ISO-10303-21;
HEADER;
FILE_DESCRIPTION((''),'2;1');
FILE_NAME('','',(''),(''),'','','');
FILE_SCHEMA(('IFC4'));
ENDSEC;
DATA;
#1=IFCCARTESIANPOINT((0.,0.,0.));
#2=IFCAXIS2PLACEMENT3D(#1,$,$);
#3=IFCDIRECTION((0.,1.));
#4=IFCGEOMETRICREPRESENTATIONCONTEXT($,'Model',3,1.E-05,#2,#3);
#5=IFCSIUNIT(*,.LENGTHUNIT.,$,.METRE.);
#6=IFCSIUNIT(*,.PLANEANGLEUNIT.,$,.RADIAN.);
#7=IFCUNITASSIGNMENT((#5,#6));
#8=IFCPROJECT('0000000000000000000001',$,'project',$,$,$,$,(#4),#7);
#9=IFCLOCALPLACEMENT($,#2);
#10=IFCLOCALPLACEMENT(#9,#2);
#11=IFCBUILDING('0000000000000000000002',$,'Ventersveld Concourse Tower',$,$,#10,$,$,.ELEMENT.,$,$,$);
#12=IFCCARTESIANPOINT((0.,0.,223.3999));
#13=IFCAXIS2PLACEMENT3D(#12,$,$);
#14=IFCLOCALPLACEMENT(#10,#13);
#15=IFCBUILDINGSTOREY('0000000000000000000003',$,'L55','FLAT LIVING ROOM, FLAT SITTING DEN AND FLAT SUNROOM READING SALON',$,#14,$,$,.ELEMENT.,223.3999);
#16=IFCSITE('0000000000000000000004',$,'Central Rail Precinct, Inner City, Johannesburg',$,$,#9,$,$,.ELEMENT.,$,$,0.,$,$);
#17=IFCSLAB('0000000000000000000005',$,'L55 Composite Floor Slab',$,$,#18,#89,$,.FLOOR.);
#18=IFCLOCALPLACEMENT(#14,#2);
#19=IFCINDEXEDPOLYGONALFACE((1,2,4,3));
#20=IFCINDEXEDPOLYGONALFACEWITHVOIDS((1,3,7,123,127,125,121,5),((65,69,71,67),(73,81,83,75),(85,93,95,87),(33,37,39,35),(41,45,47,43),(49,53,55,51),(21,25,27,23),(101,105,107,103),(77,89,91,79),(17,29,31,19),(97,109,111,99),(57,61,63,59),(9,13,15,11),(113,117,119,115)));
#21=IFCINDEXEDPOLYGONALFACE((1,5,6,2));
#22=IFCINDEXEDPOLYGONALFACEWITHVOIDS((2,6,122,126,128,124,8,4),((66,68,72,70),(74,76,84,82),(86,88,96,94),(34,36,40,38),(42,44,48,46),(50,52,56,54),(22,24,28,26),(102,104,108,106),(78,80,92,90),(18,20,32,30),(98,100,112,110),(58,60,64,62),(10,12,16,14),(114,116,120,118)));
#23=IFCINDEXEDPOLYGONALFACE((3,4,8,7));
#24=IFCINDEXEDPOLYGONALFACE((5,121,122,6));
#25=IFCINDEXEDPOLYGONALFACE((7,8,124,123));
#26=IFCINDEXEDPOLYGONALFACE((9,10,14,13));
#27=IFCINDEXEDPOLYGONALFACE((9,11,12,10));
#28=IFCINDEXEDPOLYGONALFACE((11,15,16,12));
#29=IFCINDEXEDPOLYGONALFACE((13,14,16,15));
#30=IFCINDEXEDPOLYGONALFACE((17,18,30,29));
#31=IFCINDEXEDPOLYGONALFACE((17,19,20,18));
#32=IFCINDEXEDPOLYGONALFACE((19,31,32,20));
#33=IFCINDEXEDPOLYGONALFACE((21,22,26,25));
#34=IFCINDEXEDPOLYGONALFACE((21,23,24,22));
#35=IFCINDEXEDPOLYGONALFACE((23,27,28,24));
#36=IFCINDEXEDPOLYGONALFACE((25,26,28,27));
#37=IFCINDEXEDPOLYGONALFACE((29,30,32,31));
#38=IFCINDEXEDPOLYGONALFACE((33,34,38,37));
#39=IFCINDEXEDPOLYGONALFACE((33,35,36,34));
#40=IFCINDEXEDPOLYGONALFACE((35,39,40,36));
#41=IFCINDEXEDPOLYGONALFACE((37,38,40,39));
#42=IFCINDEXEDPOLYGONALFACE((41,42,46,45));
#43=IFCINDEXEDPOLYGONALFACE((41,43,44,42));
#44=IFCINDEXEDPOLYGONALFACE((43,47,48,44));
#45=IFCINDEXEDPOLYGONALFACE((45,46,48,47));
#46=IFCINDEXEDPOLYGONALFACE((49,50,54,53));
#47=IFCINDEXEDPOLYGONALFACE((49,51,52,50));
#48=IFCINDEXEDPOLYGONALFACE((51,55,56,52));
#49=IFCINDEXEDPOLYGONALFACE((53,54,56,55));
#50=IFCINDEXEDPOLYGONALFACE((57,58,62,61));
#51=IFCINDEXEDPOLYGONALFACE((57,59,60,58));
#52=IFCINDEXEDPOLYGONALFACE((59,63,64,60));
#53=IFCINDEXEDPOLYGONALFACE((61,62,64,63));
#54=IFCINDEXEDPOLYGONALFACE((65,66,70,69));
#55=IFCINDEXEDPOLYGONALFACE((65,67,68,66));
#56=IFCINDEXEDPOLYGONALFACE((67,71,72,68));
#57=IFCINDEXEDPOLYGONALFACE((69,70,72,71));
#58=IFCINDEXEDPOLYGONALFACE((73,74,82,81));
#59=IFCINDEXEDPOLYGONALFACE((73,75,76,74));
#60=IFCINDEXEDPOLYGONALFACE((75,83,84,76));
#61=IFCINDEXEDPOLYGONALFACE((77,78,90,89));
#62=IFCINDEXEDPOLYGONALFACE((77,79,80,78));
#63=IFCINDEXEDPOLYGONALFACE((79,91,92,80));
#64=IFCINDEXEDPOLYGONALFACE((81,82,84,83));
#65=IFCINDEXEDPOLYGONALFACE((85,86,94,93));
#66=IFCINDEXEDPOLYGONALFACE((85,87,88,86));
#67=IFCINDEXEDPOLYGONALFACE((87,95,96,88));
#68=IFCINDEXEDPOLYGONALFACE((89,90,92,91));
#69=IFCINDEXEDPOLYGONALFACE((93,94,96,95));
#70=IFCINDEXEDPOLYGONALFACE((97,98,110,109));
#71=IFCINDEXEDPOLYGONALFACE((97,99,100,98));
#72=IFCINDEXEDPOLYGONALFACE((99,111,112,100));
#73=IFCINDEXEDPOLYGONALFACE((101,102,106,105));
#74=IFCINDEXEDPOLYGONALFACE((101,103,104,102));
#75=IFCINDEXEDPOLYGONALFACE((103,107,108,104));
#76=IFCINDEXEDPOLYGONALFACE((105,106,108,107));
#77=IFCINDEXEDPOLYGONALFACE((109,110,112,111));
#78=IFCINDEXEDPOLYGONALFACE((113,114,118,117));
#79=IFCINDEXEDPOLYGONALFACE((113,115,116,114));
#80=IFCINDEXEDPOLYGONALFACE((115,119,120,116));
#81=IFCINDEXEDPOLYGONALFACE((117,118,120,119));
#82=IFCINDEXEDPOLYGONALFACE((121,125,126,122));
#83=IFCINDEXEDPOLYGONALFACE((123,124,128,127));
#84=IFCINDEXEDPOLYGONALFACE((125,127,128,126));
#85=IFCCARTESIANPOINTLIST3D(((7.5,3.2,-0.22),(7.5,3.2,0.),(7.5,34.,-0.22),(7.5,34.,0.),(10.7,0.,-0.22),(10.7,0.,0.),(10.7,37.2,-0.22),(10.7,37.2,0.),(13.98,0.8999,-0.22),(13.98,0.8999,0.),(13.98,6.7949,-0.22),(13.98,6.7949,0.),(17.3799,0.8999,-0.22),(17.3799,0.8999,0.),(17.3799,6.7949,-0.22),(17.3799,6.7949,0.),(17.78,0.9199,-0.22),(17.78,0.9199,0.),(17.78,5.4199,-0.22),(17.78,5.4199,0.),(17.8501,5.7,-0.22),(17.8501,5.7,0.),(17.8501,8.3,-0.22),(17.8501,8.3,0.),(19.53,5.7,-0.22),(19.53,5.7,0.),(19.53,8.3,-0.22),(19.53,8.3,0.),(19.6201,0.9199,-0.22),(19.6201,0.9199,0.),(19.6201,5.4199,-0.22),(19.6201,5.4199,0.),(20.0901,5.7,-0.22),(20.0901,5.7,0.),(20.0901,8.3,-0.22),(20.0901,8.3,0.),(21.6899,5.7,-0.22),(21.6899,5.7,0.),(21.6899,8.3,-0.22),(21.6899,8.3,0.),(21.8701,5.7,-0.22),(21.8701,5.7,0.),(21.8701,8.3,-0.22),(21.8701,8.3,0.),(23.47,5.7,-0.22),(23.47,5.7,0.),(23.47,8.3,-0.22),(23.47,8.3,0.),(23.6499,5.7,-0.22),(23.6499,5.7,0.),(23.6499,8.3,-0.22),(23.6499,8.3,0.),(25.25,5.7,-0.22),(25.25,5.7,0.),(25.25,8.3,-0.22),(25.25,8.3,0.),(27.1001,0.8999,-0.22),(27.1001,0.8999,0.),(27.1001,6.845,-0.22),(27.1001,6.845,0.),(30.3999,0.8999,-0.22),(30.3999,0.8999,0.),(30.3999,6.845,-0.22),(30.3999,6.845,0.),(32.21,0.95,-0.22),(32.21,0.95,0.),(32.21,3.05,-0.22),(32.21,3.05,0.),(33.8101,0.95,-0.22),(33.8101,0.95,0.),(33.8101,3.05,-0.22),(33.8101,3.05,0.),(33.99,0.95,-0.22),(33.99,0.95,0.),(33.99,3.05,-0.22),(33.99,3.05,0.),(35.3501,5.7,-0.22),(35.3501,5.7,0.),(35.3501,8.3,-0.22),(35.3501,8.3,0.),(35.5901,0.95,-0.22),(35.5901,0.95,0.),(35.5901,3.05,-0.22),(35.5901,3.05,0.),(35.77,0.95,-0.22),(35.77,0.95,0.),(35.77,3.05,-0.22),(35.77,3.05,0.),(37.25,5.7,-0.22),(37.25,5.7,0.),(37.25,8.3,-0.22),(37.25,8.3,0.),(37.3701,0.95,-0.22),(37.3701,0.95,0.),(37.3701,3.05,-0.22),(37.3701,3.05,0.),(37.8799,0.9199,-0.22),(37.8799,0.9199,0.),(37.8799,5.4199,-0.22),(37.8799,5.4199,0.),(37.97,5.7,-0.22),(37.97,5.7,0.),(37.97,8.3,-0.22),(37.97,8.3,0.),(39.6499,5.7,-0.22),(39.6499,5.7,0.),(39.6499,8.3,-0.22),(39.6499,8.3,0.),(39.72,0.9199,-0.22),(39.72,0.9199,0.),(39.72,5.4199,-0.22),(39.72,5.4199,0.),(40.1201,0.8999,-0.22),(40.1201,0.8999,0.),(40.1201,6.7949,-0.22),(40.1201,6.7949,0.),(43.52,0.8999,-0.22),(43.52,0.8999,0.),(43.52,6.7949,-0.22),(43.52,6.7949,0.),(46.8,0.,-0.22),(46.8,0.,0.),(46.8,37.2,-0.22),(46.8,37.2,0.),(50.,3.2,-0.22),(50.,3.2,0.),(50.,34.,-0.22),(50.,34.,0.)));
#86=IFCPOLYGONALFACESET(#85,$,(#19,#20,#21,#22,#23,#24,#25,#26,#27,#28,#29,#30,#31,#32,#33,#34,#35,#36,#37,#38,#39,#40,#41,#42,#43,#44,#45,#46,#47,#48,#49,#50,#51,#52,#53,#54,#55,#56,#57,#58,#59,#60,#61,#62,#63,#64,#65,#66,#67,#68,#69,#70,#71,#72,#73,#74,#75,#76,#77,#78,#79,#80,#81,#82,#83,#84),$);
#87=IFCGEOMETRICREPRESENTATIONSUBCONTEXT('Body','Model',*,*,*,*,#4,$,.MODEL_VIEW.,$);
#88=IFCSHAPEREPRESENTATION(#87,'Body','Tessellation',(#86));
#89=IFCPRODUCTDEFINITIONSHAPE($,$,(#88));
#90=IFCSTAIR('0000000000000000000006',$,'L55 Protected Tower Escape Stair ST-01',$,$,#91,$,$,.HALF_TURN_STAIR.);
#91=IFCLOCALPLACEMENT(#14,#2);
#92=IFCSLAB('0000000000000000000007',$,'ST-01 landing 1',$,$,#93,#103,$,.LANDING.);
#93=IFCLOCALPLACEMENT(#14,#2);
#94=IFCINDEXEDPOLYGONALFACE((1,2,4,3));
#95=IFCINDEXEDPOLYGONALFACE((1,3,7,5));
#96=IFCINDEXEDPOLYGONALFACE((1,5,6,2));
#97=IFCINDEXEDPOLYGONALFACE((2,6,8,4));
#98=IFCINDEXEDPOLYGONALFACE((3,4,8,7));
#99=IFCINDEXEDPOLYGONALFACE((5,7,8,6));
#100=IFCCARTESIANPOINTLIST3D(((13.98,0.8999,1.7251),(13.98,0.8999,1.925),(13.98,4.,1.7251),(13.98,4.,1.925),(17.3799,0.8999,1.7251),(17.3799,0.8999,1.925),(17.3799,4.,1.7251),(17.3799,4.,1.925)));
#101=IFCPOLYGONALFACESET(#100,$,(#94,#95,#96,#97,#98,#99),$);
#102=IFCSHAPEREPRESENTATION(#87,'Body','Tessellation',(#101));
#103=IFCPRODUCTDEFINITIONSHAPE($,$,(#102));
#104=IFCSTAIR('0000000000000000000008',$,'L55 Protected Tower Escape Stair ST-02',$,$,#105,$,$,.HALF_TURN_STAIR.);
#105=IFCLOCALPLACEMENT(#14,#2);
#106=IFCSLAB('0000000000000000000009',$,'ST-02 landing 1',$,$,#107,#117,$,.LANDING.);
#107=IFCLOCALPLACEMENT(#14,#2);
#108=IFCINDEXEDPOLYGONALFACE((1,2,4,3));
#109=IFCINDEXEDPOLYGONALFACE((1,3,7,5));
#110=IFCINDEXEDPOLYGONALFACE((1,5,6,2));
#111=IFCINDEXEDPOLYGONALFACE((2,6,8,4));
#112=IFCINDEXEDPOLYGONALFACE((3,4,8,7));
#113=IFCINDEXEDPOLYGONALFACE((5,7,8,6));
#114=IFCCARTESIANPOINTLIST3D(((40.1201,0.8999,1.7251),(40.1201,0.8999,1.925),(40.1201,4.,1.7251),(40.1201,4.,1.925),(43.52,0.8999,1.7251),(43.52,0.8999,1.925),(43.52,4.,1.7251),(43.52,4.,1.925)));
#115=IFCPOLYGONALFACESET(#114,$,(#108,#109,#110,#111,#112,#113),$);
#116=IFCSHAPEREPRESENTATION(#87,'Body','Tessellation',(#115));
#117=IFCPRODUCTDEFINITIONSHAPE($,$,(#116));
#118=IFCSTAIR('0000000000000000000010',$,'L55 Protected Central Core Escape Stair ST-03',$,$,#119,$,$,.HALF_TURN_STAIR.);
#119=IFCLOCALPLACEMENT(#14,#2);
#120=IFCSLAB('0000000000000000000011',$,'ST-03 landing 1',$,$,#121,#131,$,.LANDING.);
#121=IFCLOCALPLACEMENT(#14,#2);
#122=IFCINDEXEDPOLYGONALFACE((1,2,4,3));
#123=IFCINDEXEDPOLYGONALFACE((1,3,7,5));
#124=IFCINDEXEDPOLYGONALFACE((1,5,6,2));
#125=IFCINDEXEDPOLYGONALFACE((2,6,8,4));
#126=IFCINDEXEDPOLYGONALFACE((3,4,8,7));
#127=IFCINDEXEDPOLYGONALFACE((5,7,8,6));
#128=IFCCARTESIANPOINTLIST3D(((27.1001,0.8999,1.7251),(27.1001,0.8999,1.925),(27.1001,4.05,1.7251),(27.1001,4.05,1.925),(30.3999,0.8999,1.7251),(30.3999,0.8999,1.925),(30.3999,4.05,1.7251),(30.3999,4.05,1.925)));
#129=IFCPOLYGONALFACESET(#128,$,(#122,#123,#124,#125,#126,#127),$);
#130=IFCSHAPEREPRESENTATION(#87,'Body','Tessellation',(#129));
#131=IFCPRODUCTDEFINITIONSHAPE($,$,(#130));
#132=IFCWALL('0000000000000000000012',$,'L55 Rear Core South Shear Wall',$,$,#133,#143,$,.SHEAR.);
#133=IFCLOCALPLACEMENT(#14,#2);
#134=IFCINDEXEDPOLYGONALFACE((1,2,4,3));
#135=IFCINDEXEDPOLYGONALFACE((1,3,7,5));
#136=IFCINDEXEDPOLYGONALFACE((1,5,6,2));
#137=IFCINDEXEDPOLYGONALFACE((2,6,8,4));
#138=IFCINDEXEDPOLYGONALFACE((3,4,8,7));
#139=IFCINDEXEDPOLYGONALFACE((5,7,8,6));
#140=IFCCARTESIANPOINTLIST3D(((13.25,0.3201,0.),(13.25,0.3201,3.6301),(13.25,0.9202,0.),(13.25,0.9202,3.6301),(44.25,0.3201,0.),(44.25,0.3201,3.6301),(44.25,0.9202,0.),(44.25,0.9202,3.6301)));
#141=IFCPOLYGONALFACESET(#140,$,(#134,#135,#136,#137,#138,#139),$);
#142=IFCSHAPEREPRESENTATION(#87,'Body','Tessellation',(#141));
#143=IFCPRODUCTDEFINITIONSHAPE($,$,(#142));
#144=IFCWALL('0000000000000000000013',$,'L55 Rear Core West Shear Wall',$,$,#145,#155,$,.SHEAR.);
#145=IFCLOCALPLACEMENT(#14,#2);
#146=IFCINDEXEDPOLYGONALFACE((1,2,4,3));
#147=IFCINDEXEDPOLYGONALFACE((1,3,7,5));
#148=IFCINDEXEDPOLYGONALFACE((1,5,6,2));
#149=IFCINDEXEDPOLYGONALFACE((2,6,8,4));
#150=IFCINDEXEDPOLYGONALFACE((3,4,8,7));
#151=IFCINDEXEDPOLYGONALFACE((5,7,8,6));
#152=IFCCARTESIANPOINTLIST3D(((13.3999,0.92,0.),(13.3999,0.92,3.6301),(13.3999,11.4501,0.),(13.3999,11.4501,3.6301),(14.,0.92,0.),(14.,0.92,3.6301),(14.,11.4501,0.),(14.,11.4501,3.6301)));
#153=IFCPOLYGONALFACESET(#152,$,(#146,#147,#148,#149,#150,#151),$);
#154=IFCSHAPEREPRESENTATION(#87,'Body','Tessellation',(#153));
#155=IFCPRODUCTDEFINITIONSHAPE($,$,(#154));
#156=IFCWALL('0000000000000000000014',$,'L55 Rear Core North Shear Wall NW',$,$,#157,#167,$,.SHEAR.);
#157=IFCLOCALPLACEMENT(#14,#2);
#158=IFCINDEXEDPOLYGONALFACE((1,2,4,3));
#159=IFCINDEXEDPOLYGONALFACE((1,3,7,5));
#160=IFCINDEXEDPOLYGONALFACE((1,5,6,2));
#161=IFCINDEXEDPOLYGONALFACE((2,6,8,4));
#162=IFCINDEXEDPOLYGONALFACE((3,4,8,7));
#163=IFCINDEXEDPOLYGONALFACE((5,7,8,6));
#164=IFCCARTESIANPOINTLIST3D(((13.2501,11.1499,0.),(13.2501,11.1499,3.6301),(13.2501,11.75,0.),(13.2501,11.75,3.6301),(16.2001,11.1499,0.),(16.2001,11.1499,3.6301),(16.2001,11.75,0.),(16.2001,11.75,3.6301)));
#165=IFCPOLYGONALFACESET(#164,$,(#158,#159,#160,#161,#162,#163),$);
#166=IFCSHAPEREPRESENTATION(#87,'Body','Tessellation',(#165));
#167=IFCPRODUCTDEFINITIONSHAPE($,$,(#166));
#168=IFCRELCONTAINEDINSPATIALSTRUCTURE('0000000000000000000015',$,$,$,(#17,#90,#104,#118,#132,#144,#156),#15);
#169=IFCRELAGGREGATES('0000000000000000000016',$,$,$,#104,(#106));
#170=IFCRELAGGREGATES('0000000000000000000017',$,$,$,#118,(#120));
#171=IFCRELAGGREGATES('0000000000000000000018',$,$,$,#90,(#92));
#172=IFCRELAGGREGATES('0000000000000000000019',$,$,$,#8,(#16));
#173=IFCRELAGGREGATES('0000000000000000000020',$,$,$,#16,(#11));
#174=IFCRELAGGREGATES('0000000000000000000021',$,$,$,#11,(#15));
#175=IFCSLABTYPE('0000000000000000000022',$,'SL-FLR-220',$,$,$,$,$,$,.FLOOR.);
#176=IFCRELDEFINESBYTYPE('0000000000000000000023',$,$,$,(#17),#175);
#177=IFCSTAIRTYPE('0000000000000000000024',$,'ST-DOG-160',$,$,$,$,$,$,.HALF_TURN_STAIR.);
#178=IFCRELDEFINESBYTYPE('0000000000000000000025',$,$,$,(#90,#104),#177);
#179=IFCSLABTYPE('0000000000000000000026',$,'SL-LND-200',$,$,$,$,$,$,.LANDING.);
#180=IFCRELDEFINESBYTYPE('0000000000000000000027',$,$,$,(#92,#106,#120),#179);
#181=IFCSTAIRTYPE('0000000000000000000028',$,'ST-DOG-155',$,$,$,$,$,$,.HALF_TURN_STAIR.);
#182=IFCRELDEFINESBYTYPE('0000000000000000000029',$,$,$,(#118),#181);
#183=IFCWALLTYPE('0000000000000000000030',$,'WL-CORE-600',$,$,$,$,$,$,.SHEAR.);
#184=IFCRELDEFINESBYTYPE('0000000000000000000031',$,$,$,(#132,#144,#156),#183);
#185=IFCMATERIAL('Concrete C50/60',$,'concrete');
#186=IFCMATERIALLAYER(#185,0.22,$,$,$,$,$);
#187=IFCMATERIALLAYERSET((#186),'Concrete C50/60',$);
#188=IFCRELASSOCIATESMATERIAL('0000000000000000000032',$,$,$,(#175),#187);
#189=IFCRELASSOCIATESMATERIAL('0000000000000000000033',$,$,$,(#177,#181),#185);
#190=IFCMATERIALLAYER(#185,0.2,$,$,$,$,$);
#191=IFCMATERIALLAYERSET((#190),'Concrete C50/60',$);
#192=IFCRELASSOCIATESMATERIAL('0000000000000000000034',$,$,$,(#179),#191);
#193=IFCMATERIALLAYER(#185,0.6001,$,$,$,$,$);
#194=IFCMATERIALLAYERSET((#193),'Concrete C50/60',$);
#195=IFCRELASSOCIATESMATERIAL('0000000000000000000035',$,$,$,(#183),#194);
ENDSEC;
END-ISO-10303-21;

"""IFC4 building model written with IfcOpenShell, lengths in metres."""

from ifc_helpers import new_model, si_unit, direction, frame, frame_2d, origin, place, context, subcontext, project, spatial, polyline, rectangle, outline, extrude, material, layer, layer_set, type_object, element, aggregate, save


model = new_model("IFC4")

# Units and contexts
model_context = context("Model", 3, precision=1e-05, world=origin(), true_north=direction((0.0, 1.0)))
body_context = subcontext(model_context, "Body", "Model", "MODEL_VIEW")
ifc_project = project(units=[si_unit("LENGTHUNIT", "METRE"), si_unit("PLANEANGLEUNIT", "RADIAN")], contexts=[model_context])

# Site, building, storey
site_placement = place(None, origin())
site = spatial("IfcSite", under=ifc_project, at=site_placement, Name="Central Rail Precinct, Inner City, Johannesburg", CompositionType="ELEMENT", RefElevation=0.0)
building_placement = place(site_placement, origin())
building = spatial("IfcBuilding", under=site, at=building_placement, Name="Ventersveld Concourse Tower", CompositionType="ELEMENT")
storey_placement = place(building_placement, frame((0.0, 0.0, 223.3999)))
storey = spatial("IfcBuildingStorey", under=building, at=storey_placement, Name="L55", Description="FLAT LIVING ROOM, FLAT SITTING DEN AND FLAT SUNROOM READING SALON", CompositionType="ELEMENT", Elevation=223.3999)

# Shared definitions
ifc_material_1 = material(Name="Concrete C50/60", Category="concrete")

# Slab
ifc_layer_1 = layer(ifc_material_1, 0.22)
ifc_layer_set_1 = layer_set([ifc_layer_1], Name="Concrete C50/60")
slab_type_1 = type_object("IfcSlabType", Name="SL-FLR-220", PredefinedType="FLOOR", material=ifc_layer_set_1)
slab_1_placement = place(storey_placement, frame((0.0, 0.0, -0.22)))
element("IfcSlab", 1, at=slab_1_placement, inside=storey, type_object=slab_type_1, Name="L55 Composite Floor Slab", PredefinedType="FLOOR", context=body_context, shape_type="SweptSolid", body=[
    extrude(outline(polyline([(10.7, 0.0), (46.8, 0.0), (50.0, 3.2), (50.0, 34.0), (46.8, 37.2), (10.7, 37.2), (7.5, 34.0), (7.5, 3.2), (10.7, 0.0)]), holes=[polyline([(13.98, 6.7949), (13.98, 0.8999), (17.3799, 0.8999), (17.3799, 6.7949), (13.98, 6.7949)]), polyline([(40.1201, 6.7949), (40.1201, 0.8999), (43.52, 0.8999), (43.52, 6.7949), (40.1201, 6.7949)]), polyline([(27.1001, 6.845), (27.1001, 0.8999), (30.3999, 0.8999), (30.3999, 6.845), (27.1001, 6.845)]), polyline([(17.8501, 5.7), (19.53, 5.7), (19.53, 8.3), (17.8501, 8.3), (17.8501, 5.7)]), polyline([(37.97, 5.7), (39.6499, 5.7), (39.6499, 8.3), (37.97, 8.3), (37.97, 5.7)]), polyline([(35.3501, 5.7), (37.25, 5.7), (37.25, 8.3), (35.3501, 8.3), (35.3501, 5.7)]), polyline([(32.21, 0.95), (33.8101, 0.95), (33.8101, 3.05), (32.21, 3.05), (32.21, 0.95)]), polyline([(33.99, 0.95), (35.5901, 0.95), (35.5901, 3.05), (33.99, 3.05), (33.99, 0.95)]), polyline([(35.77, 0.95), (37.3701, 0.95), (37.3701, 3.05), (35.77, 3.05), (35.77, 0.95)]), polyline([(20.0901, 5.7), (21.6899, 5.7), (21.6899, 8.3), (20.0901, 8.3), (20.0901, 5.7)]), polyline([(21.8701, 5.7), (23.47, 5.7), (23.47, 8.3), (21.8701, 8.3), (21.8701, 5.7)]), polyline([(23.6499, 5.7), (25.25, 5.7), (25.25, 8.3), (23.6499, 8.3), (23.6499, 5.7)]), polyline([(17.78, 0.9199), (19.6201, 0.9199), (19.6201, 5.4199), (17.78, 5.4199), (17.78, 0.9199)]), polyline([(37.8799, 0.9199), (39.72, 0.9199), (39.72, 5.4199), (37.8799, 5.4199), (37.8799, 0.9199)])]), origin(), (0.0, 0.0, 1.0), 0.22),
])

# Stairs, slabs
stair_type_1 = type_object("IfcStairType", Name="ST-DOG-160", PredefinedType="HALF_TURN_STAIR", material=ifc_material_1)
stair_1_placement = place(storey_placement, origin())
stair_1 = element("IfcStair", 2, at=stair_1_placement, inside=storey, type_object=stair_type_1, Name="L55 Protected Tower Escape Stair ST-01", PredefinedType="HALF_TURN_STAIR")
ifc_layer_2 = layer(ifc_material_1, 0.2)
ifc_layer_set_2 = layer_set([ifc_layer_2], Name="Concrete C50/60")
slab_type_2 = type_object("IfcSlabType", Name="SL-LND-200", PredefinedType="LANDING", material=ifc_layer_set_2)
slab_2_placement = place(storey_placement, frame((0.0, 0.0, 1.7251)))
slab_2 = element("IfcSlab", 3, at=slab_2_placement, type_object=slab_type_2, Name="ST-01 landing 1", PredefinedType="LANDING", context=body_context, shape_type="SweptSolid", body=[
    extrude(outline(polyline([(13.98, 4.0), (13.98, 0.8999), (17.3799, 0.8999), (17.3799, 4.0), (13.98, 4.0)])), origin(), (0.0, 0.0, 1.0), 0.2),
])
stair_2_placement = place(storey_placement, origin())
stair_2 = element("IfcStair", 4, at=stair_2_placement, inside=storey, type_object=stair_type_1, Name="L55 Protected Tower Escape Stair ST-02", PredefinedType="HALF_TURN_STAIR")
slab_3_placement = place(storey_placement, frame((0.0, 0.0, 1.7251)))
slab_3 = element("IfcSlab", 5, at=slab_3_placement, type_object=slab_type_2, Name="ST-02 landing 1", PredefinedType="LANDING", context=body_context, shape_type="SweptSolid", body=[
    extrude(outline(polyline([(40.1201, 4.0), (40.1201, 0.8999), (43.52, 0.8999), (43.52, 4.0), (40.1201, 4.0)])), origin(), (0.0, 0.0, 1.0), 0.2),
])
aggregate(stair_2, [slab_3])
stair_type_2 = type_object("IfcStairType", Name="ST-DOG-155", PredefinedType="HALF_TURN_STAIR", material=ifc_material_1)
stair_3_placement = place(storey_placement, origin())
stair_3 = element("IfcStair", 6, at=stair_3_placement, inside=storey, type_object=stair_type_2, Name="L55 Protected Central Core Escape Stair ST-03", PredefinedType="HALF_TURN_STAIR")
slab_4_placement = place(storey_placement, frame((0.0, 0.0, 1.7251)))
slab_4 = element("IfcSlab", 7, at=slab_4_placement, type_object=slab_type_2, Name="ST-03 landing 1", PredefinedType="LANDING", context=body_context, shape_type="SweptSolid", body=[
    extrude(outline(polyline([(27.1001, 4.05), (27.1001, 0.8999), (30.3999, 0.8999), (30.3999, 4.05), (27.1001, 4.05)])), origin(), (0.0, 0.0, 1.0), 0.2),
])
aggregate(stair_3, [slab_4])

# Walls
ifc_layer_3 = layer(ifc_material_1, 0.6001)
ifc_layer_set_3 = layer_set([ifc_layer_3], Name="Concrete C50/60")
wall_type_1 = type_object("IfcWallType", Name="WL-CORE-600", PredefinedType="SHEAR", material=ifc_layer_set_3)
wall_1_placement = place(storey_placement, frame((13.25, 0.6201, 0.0), z_axis=(0.0, 0.0, 1.0), x_axis=(1.0, 0.0, 0.0)))
element("IfcWall", 8, at=wall_1_placement, inside=storey, type_object=wall_type_1, Name="L55 Rear Core South Shear Wall", PredefinedType="SHEAR", context=body_context, shape_type="SweptSolid", body=[
    extrude(rectangle(XDim=31.0, YDim=0.6001, at=frame_2d((15.5, 0.0))), origin(), (0.0, 0.0, 1.0), 3.6301),
])
wall_2_placement = place(storey_placement, frame((13.7, 0.9199, 0.0), z_axis=(0.0, 0.0, 1.0), x_axis=(0.0, 1.0, 0.0)))
element("IfcWall", 9, at=wall_2_placement, inside=storey, type_object=wall_type_1, Name="L55 Rear Core West Shear Wall", PredefinedType="SHEAR", context=body_context, shape_type="SweptSolid", body=[
    extrude(rectangle(XDim=10.53, YDim=0.6001, at=frame_2d((5.2651, 0.0))), origin(), (0.0, 0.0, 1.0), 3.6301),
])
wall_3_placement = place(storey_placement, frame((13.25, 11.45, 0.0), z_axis=(0.0, 0.0, 1.0), x_axis=(1.0, 0.0, 0.0)))
element("IfcWall", 10, at=wall_3_placement, inside=storey, type_object=wall_type_1, Name="L55 Rear Core North Shear Wall NW", PredefinedType="SHEAR", context=body_context, shape_type="SweptSolid", body=[
    extrude(rectangle(XDim=2.95, YDim=0.6001, at=frame_2d((1.4751, 0.0))), origin(), (0.0, 0.0, 1.0), 3.6301),
])

aggregate(stair_1, [slab_2])

save(model, "model.ifc")
